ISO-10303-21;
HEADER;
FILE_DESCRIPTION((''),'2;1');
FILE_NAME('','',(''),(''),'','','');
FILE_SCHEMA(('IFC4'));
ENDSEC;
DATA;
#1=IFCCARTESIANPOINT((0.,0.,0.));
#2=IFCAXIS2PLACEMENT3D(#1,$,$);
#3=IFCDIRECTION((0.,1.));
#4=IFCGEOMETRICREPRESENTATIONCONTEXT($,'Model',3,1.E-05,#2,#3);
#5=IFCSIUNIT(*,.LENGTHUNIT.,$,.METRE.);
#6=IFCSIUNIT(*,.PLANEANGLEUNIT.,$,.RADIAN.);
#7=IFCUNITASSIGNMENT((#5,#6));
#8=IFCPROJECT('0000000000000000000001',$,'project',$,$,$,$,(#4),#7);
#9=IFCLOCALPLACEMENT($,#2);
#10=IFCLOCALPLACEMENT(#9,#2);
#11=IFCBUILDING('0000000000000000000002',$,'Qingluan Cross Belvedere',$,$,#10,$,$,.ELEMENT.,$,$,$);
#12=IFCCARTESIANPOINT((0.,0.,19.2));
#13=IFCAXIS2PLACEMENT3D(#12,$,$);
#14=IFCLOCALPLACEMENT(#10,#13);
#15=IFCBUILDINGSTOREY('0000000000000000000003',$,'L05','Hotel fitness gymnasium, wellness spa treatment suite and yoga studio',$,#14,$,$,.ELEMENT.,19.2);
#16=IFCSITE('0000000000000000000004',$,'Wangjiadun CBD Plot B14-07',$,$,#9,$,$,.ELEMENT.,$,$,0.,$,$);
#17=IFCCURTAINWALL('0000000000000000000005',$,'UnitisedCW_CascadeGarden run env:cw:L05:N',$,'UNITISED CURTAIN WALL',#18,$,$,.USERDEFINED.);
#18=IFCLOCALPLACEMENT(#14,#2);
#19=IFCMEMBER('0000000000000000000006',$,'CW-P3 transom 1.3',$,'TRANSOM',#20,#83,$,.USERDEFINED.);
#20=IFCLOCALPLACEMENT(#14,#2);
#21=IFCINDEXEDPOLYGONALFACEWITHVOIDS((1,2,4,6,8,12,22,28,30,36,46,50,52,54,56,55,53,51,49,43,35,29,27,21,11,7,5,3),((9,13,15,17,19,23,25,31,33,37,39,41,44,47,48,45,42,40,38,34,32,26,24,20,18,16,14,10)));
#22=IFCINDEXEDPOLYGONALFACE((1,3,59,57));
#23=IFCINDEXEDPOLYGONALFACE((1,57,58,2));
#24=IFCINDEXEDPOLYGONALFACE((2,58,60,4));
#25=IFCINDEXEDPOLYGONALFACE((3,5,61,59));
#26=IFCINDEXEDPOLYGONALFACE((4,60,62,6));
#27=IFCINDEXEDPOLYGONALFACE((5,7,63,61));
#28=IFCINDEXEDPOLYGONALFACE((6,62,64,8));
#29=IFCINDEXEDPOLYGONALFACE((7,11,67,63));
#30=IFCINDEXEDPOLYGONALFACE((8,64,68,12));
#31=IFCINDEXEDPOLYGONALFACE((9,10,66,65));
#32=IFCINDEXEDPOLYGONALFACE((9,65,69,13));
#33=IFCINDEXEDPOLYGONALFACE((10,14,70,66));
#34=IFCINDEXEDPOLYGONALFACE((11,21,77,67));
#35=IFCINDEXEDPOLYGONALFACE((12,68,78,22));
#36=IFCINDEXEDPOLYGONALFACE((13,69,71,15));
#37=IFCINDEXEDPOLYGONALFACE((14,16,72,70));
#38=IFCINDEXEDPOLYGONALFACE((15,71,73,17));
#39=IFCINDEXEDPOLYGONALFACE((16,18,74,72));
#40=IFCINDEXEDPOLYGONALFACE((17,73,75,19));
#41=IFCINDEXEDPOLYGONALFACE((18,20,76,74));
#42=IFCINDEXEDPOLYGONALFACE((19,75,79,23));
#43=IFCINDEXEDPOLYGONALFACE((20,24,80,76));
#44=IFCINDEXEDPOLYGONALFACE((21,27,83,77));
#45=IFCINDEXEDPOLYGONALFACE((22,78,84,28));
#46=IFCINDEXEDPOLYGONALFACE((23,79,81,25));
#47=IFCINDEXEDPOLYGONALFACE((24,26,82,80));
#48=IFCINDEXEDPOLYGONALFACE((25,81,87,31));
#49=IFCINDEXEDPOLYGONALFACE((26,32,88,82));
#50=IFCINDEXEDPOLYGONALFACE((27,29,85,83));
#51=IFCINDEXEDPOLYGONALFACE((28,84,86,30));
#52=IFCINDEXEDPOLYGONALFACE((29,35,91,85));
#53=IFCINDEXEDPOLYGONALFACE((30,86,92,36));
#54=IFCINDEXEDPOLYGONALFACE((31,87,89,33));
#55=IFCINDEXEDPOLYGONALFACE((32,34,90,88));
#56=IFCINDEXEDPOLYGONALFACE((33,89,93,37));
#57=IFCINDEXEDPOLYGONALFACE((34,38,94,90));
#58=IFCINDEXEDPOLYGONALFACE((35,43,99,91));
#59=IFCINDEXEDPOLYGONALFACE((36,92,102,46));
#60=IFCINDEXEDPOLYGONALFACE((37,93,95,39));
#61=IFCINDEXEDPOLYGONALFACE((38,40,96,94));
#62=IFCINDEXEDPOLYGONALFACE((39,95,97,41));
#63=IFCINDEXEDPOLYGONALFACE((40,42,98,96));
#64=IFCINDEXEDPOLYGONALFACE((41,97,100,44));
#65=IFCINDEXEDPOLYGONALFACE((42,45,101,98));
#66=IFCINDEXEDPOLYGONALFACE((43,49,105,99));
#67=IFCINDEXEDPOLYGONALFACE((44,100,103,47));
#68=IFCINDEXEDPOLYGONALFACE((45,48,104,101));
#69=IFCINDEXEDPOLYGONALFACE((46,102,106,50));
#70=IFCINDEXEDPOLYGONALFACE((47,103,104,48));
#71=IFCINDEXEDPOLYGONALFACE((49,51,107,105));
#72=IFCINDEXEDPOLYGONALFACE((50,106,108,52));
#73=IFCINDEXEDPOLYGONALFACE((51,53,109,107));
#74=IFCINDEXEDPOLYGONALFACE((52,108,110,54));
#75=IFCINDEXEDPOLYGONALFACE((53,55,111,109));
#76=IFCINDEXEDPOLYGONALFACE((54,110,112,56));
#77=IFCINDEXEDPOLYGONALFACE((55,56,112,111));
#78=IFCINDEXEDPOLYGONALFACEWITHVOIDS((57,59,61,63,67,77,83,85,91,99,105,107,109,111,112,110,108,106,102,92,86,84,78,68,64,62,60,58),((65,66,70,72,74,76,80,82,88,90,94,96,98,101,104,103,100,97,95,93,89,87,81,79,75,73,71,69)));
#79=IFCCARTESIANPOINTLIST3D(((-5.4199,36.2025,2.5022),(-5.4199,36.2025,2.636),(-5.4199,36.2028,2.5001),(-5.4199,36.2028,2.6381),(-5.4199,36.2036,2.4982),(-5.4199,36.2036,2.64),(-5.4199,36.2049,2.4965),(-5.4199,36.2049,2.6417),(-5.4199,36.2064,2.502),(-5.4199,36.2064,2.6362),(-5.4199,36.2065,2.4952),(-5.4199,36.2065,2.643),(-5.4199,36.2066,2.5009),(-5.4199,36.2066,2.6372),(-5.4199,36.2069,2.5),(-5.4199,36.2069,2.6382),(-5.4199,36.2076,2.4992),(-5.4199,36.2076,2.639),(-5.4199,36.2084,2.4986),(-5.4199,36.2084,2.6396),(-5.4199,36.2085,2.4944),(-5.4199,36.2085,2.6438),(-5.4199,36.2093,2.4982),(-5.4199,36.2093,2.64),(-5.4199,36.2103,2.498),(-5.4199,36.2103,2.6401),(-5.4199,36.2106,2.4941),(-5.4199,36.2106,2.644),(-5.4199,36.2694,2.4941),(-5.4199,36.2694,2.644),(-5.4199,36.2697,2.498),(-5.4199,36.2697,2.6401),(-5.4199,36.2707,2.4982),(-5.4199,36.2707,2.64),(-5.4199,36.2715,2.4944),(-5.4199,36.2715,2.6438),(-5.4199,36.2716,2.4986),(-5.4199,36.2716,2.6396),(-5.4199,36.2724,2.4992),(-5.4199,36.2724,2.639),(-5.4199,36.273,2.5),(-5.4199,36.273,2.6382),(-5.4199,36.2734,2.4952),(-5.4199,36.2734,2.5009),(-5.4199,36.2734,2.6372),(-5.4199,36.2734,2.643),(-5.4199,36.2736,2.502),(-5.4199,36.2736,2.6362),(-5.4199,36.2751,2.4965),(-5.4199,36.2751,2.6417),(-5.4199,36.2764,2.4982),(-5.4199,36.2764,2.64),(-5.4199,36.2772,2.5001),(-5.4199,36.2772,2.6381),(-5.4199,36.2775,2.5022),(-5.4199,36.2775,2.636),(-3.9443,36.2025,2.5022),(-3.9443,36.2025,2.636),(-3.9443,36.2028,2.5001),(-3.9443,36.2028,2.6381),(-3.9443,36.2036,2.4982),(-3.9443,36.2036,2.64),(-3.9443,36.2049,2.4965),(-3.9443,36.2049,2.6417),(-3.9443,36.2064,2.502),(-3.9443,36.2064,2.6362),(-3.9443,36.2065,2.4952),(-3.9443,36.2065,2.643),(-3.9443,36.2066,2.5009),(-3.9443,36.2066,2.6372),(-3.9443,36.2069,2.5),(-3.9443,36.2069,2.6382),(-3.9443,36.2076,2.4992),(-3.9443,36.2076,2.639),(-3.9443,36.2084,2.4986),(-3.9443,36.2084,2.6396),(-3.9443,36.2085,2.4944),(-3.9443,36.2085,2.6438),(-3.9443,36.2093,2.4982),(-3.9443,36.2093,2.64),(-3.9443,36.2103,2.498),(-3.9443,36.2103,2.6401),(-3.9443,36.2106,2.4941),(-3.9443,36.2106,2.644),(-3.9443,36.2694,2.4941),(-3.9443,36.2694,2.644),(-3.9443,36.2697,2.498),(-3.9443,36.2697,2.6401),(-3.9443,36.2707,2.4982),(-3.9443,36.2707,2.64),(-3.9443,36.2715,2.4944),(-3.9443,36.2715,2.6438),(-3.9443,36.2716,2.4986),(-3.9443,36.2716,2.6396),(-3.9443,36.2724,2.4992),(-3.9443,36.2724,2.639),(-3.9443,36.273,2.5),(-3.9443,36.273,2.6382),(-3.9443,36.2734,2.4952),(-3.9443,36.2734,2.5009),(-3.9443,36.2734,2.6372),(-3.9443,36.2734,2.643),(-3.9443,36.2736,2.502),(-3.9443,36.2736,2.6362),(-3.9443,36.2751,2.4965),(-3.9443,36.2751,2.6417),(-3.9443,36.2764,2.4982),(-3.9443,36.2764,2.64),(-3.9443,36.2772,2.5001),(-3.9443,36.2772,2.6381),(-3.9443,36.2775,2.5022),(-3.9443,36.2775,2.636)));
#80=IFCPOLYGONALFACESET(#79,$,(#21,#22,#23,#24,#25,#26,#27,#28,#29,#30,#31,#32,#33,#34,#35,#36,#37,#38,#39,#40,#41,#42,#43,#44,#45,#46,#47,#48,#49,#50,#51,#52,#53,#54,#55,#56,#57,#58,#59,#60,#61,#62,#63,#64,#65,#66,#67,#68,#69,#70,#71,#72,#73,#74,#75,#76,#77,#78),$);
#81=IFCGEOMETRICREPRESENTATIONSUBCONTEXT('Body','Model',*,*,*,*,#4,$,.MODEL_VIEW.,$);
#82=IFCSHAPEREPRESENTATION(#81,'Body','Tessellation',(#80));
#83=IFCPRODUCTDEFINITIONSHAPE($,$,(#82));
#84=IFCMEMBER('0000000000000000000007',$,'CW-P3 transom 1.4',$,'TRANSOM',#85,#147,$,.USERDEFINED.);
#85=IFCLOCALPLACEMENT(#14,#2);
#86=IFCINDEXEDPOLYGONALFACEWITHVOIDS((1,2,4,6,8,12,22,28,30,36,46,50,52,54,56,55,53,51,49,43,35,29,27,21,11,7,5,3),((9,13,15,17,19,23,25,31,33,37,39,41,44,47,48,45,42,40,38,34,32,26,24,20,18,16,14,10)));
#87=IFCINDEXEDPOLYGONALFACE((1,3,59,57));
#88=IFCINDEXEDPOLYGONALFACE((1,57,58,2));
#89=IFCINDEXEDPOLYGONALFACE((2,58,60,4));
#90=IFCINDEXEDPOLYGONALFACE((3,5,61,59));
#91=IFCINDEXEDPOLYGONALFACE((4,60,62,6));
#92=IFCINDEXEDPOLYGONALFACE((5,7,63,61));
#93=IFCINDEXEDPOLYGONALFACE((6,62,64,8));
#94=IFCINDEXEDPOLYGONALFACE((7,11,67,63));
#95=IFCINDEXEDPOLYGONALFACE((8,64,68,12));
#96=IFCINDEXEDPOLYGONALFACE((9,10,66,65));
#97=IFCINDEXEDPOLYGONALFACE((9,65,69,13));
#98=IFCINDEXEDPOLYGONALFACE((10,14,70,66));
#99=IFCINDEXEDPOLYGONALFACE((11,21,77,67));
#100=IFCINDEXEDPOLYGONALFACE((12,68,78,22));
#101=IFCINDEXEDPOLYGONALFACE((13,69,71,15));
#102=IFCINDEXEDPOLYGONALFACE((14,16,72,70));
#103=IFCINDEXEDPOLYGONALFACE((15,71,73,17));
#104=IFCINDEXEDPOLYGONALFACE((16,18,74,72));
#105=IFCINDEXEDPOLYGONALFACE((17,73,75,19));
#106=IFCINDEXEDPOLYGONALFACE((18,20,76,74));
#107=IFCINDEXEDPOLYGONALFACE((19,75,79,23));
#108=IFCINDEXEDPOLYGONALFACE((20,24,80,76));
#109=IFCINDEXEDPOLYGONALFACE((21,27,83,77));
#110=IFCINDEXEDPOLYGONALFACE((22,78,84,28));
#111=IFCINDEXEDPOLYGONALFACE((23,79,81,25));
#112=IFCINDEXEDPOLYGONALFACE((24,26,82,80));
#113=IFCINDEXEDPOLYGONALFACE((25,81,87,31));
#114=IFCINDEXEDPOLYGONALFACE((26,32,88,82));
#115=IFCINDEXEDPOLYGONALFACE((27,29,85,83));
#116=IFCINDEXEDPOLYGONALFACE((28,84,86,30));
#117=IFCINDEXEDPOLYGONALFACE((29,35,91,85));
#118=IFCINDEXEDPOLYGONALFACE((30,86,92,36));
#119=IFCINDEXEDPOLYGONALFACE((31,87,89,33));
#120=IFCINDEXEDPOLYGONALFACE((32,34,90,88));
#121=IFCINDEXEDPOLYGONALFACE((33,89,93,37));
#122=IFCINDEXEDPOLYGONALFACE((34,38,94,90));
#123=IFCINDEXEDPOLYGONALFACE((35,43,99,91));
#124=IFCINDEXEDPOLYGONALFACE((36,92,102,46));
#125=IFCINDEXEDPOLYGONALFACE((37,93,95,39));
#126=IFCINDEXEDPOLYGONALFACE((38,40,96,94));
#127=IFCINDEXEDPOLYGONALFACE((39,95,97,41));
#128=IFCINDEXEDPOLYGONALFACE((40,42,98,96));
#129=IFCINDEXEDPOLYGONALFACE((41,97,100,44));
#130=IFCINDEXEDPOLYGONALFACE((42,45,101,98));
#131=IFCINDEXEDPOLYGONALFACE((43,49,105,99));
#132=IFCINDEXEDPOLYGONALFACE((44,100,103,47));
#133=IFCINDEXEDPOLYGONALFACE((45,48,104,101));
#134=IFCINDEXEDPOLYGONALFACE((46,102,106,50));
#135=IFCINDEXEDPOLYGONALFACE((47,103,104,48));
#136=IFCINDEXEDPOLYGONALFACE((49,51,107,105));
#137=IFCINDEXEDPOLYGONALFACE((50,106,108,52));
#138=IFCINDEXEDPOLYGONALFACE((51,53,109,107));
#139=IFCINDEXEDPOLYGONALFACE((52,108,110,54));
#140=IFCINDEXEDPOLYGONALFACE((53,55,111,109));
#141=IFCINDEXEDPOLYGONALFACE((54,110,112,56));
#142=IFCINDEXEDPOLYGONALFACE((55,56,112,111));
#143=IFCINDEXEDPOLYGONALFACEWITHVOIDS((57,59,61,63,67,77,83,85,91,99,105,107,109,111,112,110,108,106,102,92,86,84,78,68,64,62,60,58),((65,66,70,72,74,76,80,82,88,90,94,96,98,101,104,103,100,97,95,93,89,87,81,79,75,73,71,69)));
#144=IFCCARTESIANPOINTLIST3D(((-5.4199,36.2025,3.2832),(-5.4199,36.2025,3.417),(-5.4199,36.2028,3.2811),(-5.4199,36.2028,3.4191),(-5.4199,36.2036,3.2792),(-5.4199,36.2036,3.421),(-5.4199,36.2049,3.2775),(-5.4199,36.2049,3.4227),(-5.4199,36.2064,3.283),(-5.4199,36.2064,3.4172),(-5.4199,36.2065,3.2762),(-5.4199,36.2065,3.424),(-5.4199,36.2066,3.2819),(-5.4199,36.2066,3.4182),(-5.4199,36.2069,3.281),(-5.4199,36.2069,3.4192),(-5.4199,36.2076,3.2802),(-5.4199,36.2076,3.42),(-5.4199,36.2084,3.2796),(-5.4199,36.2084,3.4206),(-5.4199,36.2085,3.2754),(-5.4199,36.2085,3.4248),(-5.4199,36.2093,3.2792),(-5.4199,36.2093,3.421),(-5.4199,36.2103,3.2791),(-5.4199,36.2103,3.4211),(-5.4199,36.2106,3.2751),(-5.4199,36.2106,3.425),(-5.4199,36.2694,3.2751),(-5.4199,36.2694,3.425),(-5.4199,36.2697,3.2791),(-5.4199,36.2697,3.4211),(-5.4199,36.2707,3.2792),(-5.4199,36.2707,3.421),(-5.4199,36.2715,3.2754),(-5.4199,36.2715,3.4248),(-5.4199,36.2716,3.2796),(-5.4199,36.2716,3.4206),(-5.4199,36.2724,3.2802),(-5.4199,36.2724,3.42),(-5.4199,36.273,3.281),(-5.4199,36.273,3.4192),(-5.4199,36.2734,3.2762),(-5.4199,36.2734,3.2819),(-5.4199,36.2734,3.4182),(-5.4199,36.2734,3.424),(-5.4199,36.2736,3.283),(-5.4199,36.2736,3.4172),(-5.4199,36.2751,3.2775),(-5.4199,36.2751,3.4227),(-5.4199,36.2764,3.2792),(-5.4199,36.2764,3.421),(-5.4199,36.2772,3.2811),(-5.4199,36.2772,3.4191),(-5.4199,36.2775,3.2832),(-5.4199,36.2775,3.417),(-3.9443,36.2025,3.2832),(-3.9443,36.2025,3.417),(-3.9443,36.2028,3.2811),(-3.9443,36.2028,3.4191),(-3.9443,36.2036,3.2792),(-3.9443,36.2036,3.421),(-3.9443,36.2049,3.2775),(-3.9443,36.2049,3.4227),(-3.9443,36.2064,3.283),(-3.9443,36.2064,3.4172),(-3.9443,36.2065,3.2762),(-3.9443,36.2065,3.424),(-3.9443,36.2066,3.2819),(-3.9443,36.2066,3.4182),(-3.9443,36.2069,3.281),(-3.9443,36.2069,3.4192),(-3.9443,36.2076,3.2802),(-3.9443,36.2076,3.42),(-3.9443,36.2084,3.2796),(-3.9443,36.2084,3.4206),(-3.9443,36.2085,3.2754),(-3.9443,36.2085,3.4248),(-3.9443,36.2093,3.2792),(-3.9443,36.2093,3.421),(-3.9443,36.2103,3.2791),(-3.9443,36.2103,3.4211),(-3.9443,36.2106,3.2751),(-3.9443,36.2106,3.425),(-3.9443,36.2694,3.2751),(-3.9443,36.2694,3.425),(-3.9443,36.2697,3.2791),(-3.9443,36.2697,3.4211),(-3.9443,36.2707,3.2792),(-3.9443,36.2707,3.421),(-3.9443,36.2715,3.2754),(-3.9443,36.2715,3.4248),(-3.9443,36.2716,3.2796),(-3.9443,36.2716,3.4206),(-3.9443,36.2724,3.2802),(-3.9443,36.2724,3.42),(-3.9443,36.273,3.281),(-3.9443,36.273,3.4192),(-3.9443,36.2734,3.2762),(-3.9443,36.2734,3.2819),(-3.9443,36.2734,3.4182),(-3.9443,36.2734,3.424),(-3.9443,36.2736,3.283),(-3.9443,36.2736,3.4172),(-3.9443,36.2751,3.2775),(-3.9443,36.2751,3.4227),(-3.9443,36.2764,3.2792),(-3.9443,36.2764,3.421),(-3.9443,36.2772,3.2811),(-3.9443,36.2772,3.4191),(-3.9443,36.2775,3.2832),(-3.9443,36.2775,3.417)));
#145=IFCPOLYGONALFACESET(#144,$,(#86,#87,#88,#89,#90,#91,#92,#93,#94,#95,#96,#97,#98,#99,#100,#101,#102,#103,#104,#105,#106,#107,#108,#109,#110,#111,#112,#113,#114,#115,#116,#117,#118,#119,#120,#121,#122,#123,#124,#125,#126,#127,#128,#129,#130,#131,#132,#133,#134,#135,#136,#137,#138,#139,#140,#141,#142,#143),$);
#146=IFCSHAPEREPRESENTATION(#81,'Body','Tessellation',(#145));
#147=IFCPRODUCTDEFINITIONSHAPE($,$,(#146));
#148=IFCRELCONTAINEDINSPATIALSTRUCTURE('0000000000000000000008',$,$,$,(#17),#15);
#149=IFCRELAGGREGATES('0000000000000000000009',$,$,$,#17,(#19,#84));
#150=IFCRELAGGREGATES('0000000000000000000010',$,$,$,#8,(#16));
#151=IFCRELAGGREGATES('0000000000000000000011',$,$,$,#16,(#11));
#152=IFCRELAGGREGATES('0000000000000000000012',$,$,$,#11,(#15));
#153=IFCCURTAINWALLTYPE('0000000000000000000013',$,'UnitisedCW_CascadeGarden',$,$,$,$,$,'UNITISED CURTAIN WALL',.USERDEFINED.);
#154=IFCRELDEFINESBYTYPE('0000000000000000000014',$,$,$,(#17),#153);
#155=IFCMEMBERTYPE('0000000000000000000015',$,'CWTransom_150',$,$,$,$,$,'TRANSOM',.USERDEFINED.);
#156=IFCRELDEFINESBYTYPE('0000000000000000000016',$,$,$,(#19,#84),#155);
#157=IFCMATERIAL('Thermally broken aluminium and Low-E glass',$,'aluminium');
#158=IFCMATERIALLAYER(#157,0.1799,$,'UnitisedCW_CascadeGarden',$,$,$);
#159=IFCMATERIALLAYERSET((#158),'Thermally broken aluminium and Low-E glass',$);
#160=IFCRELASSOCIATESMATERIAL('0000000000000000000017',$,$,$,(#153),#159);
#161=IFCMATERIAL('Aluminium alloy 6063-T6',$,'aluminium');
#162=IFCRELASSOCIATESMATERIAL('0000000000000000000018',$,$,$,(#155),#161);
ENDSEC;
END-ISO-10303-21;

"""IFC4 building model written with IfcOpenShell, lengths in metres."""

from ifc_helpers import new_model, si_unit, direction, frame, origin, origin_2d, place, context, subcontext, project, spatial, hollow_rectangle, extrude, material, layer, layer_set, material_profile, profile_set, type_object, element, aggregate, save


model = new_model("IFC4")

# Units and contexts
model_context = context("Model", 3, precision=1e-05, world=origin(), true_north=direction((0.0, 1.0)))
body_context = subcontext(model_context, "Body", "Model", "MODEL_VIEW")
ifc_project = project(units=[si_unit("LENGTHUNIT", "METRE"), si_unit("PLANEANGLEUNIT", "RADIAN")], contexts=[model_context])

# Site, building, storey
site_placement = place(None, origin())
site = spatial("IfcSite", under=ifc_project, at=site_placement, Name="Wangjiadun CBD Plot B14-07", CompositionType="ELEMENT", RefElevation=0.0)
building_placement = place(site_placement, origin())
building = spatial("IfcBuilding", under=site, at=building_placement, Name="Qingluan Cross Belvedere", CompositionType="ELEMENT")
storey_placement = place(building_placement, frame((0.0, 0.0, 19.2)))
storey = spatial("IfcBuildingStorey", under=building, at=storey_placement, Name="L05", Description="Hotel fitness gymnasium, wellness spa treatment suite and yoga studio", CompositionType="ELEMENT", Elevation=19.2)

# Curtain wall, members
ifc_material_1 = material(Name="Thermally broken aluminium and Low-E glass", Category="aluminium")
ifc_layer_1 = layer(ifc_material_1, 0.1799, Name="UnitisedCW_CascadeGarden")
ifc_layer_set_1 = layer_set([ifc_layer_1], Name="Thermally broken aluminium and Low-E glass")
curtain_wall_type = type_object("IfcCurtainWallType", Name="UnitisedCW_CascadeGarden", ElementType="UNITISED CURTAIN WALL", PredefinedType="USERDEFINED", material=ifc_layer_set_1)
curtain_wall_placement = place(storey_placement, origin())
curtain_wall = element("IfcCurtainWall", 1, at=curtain_wall_placement, inside=storey, type_object=curtain_wall_type, Name="UnitisedCW_CascadeGarden run env:cw:L05:N", ObjectType="UNITISED CURTAIN WALL", PredefinedType="USERDEFINED")
ifc_material_2 = material(Name="Aluminium alloy 6063-T6", Category="aluminium")
ifc_material_profile_1 = material_profile(ifc_material_2, hollow_rectangle(XDim=0.075, YDim=0.1499, WallThickness=0.0039, InnerFilletRadius=0.0039, OuterFilletRadius=0.0081, at=origin_2d()), Name="CWT150x75x4")
ifc_profile_set_1 = profile_set([ifc_material_profile_1], Name="Aluminium alloy 6063-T6")
member_type_1 = type_object("IfcMemberType", Name="CWTransom_150", ElementType="TRANSOM", PredefinedType="USERDEFINED", material=ifc_profile_set_1)
member_1_placement = place(storey_placement, frame((-5.4199, 36.24, 2.5691), z_axis=(1.0, 0.0, 0.0), x_axis=(0.0, 1.0, 0.0)))
member_1 = element("IfcMember", 2, at=member_1_placement, type_object=member_type_1, Name="CW-P3 transom 1.3", ObjectType="TRANSOM", PredefinedType="USERDEFINED", context=body_context, shape_type="SweptSolid", body=[
    extrude(hollow_rectangle(XDim=0.075, YDim=0.1499, WallThickness=0.0039, InnerFilletRadius=0.0039, OuterFilletRadius=0.0081, at=origin_2d()), origin(), (0.0, 0.0, 1.0), 1.4756),
])
member_2_placement = place(storey_placement, frame((-5.4199, 36.24, 3.3501), z_axis=(1.0, 0.0, 0.0), x_axis=(0.0, 1.0, 0.0)))
member_2 = element("IfcMember", 3, at=member_2_placement, type_object=member_type_1, Name="CW-P3 transom 1.4", ObjectType="TRANSOM", PredefinedType="USERDEFINED", context=body_context, shape_type="SweptSolid", body=[
    extrude(hollow_rectangle(XDim=0.075, YDim=0.1499, WallThickness=0.0039, InnerFilletRadius=0.0039, OuterFilletRadius=0.0081, at=origin_2d()), origin(), (0.0, 0.0, 1.0), 1.4756),
])

aggregate(curtain_wall, [member_1, member_2])

save(model, "model.ifc")
